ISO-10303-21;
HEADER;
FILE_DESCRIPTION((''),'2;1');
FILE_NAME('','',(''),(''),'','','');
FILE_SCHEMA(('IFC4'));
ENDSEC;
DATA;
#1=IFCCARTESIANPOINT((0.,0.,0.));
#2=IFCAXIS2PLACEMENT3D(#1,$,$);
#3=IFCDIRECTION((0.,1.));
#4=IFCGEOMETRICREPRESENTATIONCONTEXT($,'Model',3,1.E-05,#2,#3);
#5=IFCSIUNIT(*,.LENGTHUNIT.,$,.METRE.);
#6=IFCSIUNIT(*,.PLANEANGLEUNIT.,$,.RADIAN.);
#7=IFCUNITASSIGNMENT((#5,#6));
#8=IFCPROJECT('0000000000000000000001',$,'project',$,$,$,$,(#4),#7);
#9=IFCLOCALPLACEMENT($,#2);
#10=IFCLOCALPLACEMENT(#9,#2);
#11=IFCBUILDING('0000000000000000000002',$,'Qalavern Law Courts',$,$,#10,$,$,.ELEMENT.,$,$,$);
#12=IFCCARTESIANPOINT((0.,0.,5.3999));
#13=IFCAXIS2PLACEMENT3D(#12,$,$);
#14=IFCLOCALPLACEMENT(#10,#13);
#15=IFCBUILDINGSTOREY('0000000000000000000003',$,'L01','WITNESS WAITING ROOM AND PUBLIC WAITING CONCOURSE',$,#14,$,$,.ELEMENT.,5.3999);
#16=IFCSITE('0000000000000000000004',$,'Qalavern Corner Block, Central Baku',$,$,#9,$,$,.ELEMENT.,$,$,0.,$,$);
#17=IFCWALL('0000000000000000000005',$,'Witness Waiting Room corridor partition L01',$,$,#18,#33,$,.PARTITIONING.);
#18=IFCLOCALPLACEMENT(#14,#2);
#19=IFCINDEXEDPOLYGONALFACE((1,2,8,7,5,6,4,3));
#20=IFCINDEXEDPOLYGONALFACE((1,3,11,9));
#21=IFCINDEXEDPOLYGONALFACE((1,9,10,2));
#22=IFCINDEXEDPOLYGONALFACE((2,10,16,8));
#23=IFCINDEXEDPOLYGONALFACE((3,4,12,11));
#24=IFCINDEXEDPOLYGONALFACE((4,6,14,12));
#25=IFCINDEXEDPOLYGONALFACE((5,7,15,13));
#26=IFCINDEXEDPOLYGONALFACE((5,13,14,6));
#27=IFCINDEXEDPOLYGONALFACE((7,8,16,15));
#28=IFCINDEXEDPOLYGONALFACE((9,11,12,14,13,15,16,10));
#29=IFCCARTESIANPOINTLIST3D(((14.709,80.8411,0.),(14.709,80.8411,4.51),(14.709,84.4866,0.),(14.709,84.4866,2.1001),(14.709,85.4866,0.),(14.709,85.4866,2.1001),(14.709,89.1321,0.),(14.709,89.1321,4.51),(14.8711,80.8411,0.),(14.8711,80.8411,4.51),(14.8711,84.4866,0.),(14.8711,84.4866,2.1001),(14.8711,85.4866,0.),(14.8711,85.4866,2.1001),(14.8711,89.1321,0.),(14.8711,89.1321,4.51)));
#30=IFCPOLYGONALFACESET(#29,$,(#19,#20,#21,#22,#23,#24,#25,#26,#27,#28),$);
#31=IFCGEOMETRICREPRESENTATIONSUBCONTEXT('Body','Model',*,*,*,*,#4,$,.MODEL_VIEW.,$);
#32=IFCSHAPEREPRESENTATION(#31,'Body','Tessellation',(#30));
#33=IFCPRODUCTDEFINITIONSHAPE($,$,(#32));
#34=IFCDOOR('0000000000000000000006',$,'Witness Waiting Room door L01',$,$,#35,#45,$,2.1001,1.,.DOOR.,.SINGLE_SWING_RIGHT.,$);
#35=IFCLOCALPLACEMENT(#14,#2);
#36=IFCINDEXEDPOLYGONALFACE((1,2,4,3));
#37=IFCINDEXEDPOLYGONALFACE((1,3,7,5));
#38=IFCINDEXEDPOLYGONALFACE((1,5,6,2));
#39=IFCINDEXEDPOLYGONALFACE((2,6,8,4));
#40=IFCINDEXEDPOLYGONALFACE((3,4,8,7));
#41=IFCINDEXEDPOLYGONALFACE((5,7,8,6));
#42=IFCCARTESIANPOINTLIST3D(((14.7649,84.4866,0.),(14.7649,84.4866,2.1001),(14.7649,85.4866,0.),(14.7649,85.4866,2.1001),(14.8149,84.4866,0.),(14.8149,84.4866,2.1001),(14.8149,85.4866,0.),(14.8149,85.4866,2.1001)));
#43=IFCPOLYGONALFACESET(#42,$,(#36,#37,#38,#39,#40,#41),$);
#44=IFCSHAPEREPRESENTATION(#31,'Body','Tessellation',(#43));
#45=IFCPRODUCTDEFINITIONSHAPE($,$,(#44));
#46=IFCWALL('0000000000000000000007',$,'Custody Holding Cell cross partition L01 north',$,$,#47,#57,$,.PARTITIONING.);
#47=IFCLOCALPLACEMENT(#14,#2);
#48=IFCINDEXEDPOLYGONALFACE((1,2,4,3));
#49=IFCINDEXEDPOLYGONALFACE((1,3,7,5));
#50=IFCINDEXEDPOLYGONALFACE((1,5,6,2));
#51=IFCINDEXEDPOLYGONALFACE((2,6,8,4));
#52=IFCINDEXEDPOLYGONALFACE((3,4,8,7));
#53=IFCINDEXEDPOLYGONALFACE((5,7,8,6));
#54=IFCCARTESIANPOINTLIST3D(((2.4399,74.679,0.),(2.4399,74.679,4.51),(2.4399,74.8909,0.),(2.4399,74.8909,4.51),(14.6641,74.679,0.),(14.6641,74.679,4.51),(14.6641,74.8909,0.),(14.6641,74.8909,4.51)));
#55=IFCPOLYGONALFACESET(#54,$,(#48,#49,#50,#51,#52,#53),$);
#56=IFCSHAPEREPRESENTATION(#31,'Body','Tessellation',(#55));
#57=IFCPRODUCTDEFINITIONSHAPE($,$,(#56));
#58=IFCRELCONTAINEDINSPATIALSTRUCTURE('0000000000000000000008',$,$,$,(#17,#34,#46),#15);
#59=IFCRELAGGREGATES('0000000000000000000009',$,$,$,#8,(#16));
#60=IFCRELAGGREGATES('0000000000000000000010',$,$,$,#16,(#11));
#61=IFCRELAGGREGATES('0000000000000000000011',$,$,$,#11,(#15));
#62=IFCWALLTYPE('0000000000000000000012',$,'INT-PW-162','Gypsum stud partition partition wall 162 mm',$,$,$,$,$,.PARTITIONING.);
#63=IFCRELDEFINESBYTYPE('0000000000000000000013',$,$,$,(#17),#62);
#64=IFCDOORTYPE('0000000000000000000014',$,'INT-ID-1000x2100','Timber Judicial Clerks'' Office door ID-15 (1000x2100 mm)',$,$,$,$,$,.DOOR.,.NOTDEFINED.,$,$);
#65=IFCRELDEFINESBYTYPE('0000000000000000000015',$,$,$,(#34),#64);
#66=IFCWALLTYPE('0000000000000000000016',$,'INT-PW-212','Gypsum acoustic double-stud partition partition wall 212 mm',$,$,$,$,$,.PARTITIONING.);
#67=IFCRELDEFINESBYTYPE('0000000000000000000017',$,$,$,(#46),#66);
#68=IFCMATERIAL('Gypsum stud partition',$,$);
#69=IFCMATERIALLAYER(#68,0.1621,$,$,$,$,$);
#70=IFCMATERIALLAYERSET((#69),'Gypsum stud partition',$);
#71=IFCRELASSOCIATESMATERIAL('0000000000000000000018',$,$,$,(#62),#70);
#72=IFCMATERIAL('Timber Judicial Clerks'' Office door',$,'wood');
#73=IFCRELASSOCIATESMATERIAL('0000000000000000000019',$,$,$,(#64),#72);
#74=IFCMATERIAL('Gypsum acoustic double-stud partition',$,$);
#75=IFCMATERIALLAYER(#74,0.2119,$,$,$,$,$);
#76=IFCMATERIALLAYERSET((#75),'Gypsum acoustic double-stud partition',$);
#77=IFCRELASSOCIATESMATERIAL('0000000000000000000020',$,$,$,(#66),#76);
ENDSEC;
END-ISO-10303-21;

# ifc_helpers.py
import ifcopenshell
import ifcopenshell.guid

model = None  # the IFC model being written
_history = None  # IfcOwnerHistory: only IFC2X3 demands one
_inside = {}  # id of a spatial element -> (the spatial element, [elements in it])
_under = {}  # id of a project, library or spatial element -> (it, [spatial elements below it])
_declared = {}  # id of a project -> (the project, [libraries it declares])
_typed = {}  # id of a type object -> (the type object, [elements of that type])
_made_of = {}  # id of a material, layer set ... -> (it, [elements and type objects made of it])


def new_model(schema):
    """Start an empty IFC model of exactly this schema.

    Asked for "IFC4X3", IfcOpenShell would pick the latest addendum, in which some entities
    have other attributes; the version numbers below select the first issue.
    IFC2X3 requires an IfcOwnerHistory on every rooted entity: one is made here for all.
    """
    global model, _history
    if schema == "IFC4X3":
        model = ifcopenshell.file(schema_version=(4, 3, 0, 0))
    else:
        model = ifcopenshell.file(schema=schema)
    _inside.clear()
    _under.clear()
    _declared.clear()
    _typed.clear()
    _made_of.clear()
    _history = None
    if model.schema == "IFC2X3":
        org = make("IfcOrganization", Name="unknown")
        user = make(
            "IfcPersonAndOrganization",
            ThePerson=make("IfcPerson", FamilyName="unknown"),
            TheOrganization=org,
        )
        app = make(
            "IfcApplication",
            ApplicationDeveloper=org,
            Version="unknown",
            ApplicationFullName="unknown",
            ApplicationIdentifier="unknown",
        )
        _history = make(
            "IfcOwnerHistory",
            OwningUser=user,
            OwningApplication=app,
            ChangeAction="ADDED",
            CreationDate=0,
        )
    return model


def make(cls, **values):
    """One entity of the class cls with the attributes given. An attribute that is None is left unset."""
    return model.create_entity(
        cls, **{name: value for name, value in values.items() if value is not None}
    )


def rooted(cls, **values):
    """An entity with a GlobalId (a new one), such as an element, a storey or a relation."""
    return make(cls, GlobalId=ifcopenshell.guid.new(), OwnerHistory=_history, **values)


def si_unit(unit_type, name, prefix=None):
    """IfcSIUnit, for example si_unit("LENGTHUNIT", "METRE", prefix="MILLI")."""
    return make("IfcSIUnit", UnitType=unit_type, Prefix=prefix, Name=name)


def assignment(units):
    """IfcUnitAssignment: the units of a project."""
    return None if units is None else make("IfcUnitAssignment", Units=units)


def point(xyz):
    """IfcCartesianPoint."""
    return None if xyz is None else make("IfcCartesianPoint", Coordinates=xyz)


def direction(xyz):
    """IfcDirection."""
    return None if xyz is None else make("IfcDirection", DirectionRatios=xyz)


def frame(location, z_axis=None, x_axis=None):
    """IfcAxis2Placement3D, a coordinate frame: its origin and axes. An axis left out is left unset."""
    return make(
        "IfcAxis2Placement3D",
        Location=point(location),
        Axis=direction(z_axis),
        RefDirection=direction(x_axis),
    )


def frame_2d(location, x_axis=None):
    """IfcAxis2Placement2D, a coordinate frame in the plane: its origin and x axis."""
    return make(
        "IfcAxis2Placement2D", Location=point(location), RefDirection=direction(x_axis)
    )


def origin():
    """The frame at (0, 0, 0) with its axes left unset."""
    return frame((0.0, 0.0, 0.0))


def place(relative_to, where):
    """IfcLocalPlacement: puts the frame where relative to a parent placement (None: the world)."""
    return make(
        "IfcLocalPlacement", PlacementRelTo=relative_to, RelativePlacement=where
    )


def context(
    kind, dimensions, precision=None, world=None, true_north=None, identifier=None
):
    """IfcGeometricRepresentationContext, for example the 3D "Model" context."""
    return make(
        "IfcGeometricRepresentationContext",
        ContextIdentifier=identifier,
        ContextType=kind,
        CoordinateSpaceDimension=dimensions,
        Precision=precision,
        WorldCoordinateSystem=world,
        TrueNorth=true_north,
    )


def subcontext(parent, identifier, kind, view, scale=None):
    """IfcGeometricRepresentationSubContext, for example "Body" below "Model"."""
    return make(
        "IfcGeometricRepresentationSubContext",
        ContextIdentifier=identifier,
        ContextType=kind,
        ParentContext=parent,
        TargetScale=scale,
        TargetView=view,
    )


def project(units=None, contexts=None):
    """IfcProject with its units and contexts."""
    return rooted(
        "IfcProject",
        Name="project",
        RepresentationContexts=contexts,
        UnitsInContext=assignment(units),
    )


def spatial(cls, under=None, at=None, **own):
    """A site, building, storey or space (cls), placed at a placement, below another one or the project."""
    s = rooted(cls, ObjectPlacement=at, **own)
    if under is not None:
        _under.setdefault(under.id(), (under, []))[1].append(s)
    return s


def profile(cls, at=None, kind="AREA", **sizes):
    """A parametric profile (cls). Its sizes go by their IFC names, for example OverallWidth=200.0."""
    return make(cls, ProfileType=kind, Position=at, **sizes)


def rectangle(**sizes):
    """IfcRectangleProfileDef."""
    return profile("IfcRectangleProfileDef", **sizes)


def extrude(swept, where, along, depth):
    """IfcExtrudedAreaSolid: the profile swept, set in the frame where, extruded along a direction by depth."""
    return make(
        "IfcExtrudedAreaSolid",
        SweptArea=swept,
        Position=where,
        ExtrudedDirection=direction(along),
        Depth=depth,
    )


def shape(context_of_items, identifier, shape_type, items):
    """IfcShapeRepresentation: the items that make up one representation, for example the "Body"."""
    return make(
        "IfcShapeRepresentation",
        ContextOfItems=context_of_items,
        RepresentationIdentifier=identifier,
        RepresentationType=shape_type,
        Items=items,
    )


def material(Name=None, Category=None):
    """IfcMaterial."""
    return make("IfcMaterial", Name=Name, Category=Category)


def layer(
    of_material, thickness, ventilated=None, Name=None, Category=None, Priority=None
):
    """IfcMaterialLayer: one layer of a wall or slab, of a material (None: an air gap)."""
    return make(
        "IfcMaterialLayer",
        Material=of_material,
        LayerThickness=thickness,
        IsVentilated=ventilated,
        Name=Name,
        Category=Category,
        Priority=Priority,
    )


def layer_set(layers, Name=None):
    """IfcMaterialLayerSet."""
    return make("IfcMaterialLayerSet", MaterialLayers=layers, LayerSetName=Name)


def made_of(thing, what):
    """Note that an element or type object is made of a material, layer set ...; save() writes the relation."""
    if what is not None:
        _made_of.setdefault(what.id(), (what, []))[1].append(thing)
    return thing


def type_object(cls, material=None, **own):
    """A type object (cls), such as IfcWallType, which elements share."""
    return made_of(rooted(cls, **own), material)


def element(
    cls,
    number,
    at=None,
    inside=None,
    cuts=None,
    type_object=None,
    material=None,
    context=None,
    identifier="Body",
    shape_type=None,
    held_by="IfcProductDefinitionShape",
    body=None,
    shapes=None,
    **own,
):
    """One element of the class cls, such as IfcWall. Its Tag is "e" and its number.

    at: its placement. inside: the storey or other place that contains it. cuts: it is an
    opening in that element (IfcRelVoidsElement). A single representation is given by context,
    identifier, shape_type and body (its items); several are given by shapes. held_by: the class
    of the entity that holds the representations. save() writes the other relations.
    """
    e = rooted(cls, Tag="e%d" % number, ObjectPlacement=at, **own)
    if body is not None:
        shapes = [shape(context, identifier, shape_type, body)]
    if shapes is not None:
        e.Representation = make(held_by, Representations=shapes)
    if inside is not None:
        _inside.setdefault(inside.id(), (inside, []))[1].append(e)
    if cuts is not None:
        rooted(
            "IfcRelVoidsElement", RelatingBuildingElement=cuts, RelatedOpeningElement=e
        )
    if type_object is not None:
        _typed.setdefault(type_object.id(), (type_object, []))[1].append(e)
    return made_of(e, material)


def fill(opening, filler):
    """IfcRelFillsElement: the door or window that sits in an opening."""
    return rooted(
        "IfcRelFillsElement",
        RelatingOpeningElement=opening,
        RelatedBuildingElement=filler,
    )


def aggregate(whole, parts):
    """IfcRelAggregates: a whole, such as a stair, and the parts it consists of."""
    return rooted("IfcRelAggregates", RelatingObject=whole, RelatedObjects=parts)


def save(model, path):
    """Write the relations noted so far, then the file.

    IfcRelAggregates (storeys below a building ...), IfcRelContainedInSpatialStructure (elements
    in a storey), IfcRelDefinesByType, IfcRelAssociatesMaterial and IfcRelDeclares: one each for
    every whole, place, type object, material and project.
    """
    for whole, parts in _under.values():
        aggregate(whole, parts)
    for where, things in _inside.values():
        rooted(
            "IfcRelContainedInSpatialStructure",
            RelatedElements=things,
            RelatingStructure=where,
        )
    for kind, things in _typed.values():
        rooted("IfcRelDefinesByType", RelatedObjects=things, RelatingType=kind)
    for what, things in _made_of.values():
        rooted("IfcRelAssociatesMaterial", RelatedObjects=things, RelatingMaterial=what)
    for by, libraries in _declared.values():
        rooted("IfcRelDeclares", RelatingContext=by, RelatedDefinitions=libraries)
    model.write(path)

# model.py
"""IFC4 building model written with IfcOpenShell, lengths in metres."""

from ifc_helpers import new_model, si_unit, direction, frame, frame_2d, origin, place, context, subcontext, project, spatial, rectangle, extrude, material, layer, layer_set, type_object, element, fill, save


model = new_model("IFC4")

# Units and contexts
model_context = context("Model", 3, precision=1e-05, world=origin(), true_north=direction((0.0, 1.0)))
body_context = subcontext(model_context, "Body", "Model", "MODEL_VIEW")
ifc_project = project(units=[si_unit("LENGTHUNIT", "METRE"), si_unit("PLANEANGLEUNIT", "RADIAN")], contexts=[model_context])

# Site, building, storey
site_placement = place(None, origin())
site = spatial("IfcSite", under=ifc_project, at=site_placement, Name="Qalavern Corner Block, Central Baku", CompositionType="ELEMENT", RefElevation=0.0)
building_placement = place(site_placement, origin())
building = spatial("IfcBuilding", under=site, at=building_placement, Name="Qalavern Law Courts", CompositionType="ELEMENT")
storey_placement = place(building_placement, frame((0.0, 0.0, 5.3999)))
storey = spatial("IfcBuildingStorey", under=building, at=storey_placement, Name="L01", Description="WITNESS WAITING ROOM AND PUBLIC WAITING CONCOURSE", CompositionType="ELEMENT", Elevation=5.3999)

# Wall, opening, door
ifc_material_1 = material(Name="Gypsum stud partition")
ifc_layer_1 = layer(ifc_material_1, 0.1621)
ifc_layer_set_1 = layer_set([ifc_layer_1], Name="Gypsum stud partition")
wall_type_1 = type_object("IfcWallType", Name="INT-PW-162", Description="Gypsum stud partition partition wall 162 mm", PredefinedType="PARTITIONING", material=ifc_layer_set_1)
wall_1_placement = place(storey_placement, frame((14.79, 80.8411, 0.0), z_axis=(0.0, 0.0, 1.0), x_axis=(0.0, 1.0, 0.0)))
wall_1 = element("IfcWall", 1, at=wall_1_placement, inside=storey, type_object=wall_type_1, Name="Witness Waiting Room corridor partition L01", PredefinedType="PARTITIONING", context=body_context, shape_type="SweptSolid", body=[
    extrude(rectangle(XDim=8.291, YDim=0.1621, at=frame_2d((4.1455, 0.0))), origin(), (0.0, 0.0, 1.0), 4.51),
])
opening_1_placement = place(wall_1_placement, frame((3.6455, 0.0, 0.0)))
opening_1 = element("IfcOpeningElement", 2, at=opening_1_placement, cuts=wall_1, PredefinedType="OPENING", context=body_context, shape_type="SweptSolid", body=[
    extrude(rectangle(XDim=1.0, YDim=2.1001, at=frame_2d((0.5, 1.05))), frame((0.0, 0.0959, 0.0), z_axis=(0.0, -1.0, 0.0), x_axis=(1.0, 0.0, 0.0)), (0.0, 0.0, 1.0), 0.1919),
])
ifc_material_2 = material(Name="Timber Judicial Clerks' Office door", Category="wood")
door_type_1 = type_object("IfcDoorType", Name="INT-ID-1000x2100", Description="Timber Judicial Clerks' Office door ID-15 (1000x2100 mm)", OperationType="NOTDEFINED", PredefinedType="DOOR", material=ifc_material_2)
door_1_placement = place(opening_1_placement, frame((1.0, 0.0, 0.0), z_axis=(0.0, 0.0, 1.0), x_axis=(-1.0, 0.0, 0.0)))
door_1 = element("IfcDoor", 3, at=door_1_placement, inside=storey, type_object=door_type_1, Name="Witness Waiting Room door L01", OperationType="SINGLE_SWING_RIGHT", OverallHeight=2.1001, OverallWidth=1.0, PredefinedType="DOOR", context=body_context, shape_type="SweptSolid", body=[
    extrude(rectangle(XDim=1.0, YDim=2.1001, at=frame_2d((0.5, 1.05))), frame((0.0, 0.0249, 0.0), z_axis=(0.0, -1.0, 0.0), x_axis=(1.0, 0.0, 0.0)), (0.0, 0.0, 1.0), 0.05),
])
fill(opening_1, door_1)

# Wall
ifc_material_3 = material(Name="Gypsum acoustic double-stud partition")
ifc_layer_2 = layer(ifc_material_3, 0.2119)
ifc_layer_set_2 = layer_set([ifc_layer_2], Name="Gypsum acoustic double-stud partition")
wall_type_2 = type_object("IfcWallType", Name="INT-PW-212", Description="Gypsum acoustic double-stud partition partition wall 212 mm", PredefinedType="PARTITIONING", material=ifc_layer_set_2)
wall_2_placement = place(storey_placement, frame((2.4399, 74.7849, 0.0), z_axis=(0.0, 0.0, 1.0), x_axis=(1.0, 0.0, 0.0)))
element("IfcWall", 4, at=wall_2_placement, inside=storey, type_object=wall_type_2, Name="Custody Holding Cell cross partition L01 north", PredefinedType="PARTITIONING", context=body_context, shape_type="SweptSolid", body=[
    extrude(rectangle(XDim=12.2241, YDim=0.2119, at=frame_2d((6.1121, 0.0))), origin(), (0.0, 0.0, 1.0), 4.51),
])

save(model, "model.ifc")
